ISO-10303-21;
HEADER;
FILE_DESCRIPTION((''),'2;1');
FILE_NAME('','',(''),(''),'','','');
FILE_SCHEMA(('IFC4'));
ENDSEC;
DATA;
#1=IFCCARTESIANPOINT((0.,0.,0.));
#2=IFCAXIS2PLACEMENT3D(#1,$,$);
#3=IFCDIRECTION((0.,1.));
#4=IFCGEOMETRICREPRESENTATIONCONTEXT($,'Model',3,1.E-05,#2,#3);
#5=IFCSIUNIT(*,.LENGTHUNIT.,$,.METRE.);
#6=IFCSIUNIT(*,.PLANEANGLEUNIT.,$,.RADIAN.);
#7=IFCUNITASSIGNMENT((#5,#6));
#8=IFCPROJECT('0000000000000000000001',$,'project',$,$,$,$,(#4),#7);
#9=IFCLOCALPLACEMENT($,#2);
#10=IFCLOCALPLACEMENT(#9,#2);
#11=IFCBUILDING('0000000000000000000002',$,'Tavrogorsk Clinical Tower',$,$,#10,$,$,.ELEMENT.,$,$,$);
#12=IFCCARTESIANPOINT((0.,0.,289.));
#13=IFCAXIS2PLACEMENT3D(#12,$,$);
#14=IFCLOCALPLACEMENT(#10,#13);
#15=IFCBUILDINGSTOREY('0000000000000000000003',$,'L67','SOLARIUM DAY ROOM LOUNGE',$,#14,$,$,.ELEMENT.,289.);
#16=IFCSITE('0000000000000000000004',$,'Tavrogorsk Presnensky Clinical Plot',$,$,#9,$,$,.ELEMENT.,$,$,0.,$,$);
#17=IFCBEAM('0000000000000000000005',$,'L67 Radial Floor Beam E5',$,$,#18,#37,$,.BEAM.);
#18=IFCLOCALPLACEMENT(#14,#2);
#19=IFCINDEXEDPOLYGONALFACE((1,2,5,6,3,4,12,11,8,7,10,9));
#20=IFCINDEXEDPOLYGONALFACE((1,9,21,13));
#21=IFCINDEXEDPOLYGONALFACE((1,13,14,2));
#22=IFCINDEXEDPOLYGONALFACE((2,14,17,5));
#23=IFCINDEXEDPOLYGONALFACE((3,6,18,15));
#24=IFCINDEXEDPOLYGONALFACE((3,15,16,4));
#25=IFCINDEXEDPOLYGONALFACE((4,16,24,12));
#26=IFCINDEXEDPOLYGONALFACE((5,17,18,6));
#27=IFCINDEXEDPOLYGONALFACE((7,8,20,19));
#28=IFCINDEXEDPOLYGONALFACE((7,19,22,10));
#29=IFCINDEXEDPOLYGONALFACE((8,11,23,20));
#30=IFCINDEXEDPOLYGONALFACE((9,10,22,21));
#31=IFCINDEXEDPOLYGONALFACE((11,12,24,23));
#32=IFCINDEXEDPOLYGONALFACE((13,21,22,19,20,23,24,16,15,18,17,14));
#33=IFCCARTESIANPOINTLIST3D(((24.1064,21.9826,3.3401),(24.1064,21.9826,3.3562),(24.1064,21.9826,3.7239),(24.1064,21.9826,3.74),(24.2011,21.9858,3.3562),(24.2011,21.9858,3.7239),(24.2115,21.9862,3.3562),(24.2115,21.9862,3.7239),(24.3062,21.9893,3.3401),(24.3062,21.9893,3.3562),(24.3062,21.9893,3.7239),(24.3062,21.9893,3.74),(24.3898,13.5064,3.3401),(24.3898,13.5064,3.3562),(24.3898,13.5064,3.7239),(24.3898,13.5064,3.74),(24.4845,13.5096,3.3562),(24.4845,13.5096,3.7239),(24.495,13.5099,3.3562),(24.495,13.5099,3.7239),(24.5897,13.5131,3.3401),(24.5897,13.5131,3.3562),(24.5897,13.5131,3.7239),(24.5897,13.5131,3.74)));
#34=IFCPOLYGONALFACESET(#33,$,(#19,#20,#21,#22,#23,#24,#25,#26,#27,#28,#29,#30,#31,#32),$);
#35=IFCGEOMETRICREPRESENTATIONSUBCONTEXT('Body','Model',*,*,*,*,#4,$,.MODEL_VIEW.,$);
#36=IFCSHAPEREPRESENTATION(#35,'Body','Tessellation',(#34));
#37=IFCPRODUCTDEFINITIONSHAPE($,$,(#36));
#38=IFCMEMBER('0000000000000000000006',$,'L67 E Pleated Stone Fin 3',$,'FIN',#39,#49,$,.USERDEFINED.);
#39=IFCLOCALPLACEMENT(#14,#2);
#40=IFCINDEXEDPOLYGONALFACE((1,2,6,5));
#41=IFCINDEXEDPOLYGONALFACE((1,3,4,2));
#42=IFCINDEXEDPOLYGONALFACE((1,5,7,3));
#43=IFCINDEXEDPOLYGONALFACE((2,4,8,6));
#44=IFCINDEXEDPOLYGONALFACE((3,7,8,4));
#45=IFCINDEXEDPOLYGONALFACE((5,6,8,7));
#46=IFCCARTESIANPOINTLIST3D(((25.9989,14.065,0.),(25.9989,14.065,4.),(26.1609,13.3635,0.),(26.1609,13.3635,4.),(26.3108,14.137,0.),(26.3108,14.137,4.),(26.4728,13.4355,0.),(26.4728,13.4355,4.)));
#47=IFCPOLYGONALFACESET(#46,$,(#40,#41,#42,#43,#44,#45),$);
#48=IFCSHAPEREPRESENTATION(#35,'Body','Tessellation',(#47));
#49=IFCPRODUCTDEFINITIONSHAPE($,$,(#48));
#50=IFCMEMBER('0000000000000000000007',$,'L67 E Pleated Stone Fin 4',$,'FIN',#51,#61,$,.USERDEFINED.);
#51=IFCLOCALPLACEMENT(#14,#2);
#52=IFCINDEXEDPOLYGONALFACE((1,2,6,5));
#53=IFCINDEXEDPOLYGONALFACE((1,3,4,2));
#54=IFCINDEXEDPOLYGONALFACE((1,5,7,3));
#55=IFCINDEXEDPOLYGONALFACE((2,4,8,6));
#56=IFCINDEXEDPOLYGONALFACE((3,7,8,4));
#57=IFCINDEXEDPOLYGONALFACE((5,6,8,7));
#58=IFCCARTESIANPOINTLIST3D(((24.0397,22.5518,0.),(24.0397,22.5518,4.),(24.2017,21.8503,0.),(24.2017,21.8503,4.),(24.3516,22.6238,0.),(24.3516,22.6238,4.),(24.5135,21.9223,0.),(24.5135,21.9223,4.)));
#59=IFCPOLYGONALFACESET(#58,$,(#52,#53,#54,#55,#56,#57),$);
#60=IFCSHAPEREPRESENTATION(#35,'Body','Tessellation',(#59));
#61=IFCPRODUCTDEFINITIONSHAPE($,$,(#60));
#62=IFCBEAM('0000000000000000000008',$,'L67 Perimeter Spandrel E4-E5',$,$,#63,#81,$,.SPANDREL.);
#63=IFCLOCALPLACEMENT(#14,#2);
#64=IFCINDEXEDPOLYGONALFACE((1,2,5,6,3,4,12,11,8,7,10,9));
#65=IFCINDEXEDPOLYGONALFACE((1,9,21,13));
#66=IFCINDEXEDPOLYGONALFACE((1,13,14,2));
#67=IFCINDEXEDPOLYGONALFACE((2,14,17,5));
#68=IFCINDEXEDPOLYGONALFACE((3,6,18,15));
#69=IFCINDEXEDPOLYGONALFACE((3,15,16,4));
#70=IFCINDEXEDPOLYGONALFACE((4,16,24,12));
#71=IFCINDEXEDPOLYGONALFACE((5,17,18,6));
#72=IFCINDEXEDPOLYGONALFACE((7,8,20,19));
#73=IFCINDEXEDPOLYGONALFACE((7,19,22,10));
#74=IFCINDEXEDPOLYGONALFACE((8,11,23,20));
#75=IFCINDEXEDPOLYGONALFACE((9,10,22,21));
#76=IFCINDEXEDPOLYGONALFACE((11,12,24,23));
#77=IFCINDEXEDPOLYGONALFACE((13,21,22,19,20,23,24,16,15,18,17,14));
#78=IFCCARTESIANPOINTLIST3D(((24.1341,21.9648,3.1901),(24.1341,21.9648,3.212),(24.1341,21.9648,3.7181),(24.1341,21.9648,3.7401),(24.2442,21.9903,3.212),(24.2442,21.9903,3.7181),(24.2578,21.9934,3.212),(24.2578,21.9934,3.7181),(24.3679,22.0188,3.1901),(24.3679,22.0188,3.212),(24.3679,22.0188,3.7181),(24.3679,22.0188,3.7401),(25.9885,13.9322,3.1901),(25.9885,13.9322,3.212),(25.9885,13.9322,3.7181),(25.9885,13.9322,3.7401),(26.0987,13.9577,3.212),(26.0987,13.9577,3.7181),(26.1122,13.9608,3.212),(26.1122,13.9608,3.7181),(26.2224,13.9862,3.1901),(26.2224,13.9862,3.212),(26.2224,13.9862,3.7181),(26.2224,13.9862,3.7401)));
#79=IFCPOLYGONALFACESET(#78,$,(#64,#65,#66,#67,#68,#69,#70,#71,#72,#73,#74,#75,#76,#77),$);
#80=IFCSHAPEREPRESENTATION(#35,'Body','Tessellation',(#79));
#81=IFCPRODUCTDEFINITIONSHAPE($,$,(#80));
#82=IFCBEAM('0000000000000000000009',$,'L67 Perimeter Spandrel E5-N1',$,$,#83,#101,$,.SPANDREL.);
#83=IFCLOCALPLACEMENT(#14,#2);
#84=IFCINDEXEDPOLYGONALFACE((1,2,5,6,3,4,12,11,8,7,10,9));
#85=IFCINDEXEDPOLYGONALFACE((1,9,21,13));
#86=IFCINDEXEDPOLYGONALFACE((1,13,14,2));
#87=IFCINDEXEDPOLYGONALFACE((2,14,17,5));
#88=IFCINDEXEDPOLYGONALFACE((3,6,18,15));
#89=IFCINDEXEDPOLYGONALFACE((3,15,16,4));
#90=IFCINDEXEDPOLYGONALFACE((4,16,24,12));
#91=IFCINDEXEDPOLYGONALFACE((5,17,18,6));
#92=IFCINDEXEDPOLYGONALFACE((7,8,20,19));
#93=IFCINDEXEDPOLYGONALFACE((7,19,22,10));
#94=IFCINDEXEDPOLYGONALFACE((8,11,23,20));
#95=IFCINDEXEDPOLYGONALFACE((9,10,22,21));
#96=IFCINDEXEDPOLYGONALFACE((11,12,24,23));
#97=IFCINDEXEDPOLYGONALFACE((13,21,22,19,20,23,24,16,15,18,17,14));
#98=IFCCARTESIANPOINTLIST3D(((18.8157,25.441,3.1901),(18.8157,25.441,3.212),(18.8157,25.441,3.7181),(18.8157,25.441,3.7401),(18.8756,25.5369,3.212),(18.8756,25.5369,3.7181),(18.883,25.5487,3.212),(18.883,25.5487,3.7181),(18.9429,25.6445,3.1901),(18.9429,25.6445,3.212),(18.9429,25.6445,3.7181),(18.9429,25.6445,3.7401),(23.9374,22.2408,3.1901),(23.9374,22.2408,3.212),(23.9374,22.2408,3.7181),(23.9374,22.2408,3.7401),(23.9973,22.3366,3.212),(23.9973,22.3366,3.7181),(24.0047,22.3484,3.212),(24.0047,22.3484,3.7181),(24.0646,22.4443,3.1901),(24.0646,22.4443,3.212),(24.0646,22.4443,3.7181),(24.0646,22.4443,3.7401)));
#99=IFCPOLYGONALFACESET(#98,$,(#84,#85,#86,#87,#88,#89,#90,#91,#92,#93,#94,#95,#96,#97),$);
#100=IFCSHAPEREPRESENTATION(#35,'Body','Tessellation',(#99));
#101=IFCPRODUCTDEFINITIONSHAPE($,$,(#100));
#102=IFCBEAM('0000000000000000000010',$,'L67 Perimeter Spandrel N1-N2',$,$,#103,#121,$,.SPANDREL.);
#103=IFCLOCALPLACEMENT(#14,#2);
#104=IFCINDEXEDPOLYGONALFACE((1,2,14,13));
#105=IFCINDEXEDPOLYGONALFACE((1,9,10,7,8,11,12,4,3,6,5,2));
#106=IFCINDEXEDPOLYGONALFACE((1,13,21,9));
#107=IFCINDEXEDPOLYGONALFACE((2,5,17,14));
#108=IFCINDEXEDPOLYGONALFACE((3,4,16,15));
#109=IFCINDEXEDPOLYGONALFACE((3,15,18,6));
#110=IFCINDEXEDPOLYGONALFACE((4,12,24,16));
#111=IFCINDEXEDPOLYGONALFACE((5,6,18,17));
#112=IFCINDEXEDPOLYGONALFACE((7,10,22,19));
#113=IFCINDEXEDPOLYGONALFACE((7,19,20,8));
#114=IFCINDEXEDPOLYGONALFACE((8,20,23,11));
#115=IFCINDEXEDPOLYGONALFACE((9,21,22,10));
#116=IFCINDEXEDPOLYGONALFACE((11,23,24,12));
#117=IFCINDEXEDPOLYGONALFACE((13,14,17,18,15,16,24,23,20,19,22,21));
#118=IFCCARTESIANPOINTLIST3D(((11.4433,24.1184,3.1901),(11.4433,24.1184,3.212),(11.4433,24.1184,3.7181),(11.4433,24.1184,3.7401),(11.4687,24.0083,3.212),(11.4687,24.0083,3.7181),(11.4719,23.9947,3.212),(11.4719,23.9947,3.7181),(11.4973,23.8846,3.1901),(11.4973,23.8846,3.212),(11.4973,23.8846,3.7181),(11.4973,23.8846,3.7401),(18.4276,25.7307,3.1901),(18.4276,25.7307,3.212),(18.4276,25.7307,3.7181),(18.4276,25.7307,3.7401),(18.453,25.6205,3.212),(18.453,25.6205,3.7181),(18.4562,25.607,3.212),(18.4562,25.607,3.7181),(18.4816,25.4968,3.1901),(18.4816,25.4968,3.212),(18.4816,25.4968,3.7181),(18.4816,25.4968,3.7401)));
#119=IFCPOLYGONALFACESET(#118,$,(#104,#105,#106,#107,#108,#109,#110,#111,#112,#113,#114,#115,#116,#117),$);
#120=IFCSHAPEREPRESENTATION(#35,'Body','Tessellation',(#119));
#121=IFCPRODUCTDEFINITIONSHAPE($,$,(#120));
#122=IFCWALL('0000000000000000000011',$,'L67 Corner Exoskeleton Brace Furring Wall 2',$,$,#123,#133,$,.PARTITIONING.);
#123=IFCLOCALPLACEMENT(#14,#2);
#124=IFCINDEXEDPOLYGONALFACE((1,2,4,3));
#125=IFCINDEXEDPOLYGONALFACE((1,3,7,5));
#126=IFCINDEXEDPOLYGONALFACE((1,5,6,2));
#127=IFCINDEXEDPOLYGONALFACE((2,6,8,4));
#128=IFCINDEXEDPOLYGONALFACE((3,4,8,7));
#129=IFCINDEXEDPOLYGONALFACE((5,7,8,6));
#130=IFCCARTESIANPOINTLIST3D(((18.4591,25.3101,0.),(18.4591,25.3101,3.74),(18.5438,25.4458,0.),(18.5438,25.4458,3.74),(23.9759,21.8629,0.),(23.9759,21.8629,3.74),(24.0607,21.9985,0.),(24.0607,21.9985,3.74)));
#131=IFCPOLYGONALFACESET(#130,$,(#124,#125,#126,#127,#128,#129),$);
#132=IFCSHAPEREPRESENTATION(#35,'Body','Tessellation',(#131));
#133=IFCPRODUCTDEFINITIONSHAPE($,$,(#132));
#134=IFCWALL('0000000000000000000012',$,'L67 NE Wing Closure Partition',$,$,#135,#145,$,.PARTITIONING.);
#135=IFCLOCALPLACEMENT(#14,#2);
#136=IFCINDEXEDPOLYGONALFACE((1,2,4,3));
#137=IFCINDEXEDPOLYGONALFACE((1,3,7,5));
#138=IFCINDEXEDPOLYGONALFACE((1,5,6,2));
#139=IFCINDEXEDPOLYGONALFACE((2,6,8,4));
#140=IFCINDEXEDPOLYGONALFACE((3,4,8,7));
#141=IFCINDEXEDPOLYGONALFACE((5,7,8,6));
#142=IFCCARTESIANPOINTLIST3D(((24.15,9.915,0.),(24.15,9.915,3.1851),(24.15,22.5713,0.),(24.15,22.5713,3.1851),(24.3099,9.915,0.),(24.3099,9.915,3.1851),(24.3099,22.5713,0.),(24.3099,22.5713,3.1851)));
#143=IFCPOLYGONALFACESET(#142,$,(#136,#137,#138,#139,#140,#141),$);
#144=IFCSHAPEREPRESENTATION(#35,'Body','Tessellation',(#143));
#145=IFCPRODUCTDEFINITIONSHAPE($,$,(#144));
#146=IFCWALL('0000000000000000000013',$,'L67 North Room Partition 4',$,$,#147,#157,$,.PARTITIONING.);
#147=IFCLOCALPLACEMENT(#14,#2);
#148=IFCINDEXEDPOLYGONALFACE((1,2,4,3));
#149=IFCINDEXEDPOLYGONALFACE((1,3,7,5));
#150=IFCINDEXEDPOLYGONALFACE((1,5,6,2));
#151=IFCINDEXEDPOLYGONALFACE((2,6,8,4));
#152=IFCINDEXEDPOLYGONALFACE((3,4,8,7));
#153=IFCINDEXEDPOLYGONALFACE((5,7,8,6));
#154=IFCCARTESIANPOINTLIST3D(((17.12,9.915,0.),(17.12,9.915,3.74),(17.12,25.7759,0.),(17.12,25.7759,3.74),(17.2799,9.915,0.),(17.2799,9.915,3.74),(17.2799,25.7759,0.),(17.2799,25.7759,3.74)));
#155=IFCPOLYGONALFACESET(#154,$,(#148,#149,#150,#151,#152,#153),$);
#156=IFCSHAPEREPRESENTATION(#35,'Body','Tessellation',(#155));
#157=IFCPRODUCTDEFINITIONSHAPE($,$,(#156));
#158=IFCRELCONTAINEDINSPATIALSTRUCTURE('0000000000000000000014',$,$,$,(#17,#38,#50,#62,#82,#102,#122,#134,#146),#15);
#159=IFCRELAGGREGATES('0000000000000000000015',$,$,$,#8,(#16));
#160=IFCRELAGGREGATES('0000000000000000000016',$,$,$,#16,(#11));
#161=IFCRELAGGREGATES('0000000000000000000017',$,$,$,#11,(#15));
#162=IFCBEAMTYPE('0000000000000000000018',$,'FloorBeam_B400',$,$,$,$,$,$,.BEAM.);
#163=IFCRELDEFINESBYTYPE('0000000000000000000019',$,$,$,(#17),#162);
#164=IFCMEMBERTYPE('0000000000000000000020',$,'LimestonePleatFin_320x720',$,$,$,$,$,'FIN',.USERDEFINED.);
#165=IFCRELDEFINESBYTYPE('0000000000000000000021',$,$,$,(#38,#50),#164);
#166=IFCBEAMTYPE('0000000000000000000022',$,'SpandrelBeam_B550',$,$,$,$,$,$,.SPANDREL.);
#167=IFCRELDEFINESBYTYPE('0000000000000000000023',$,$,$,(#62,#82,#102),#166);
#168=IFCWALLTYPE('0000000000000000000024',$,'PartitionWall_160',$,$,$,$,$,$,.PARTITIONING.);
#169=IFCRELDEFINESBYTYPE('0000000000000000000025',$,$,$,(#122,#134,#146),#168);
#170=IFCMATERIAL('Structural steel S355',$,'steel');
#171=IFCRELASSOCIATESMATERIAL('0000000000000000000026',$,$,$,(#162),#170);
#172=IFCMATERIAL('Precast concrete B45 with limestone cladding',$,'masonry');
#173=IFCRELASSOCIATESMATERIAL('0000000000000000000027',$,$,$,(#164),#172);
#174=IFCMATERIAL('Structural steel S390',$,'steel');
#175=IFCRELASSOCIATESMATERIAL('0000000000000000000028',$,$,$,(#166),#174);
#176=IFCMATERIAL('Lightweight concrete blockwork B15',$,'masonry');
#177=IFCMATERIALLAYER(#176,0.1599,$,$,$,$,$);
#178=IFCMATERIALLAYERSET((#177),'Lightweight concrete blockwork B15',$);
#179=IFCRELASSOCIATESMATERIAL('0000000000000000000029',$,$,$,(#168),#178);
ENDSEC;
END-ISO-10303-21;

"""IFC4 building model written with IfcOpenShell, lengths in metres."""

from ifc_helpers import new_model, si_unit, direction, frame, frame_2d, origin, origin_2d, place, context, subcontext, project, spatial, rectangle, i_section, extrude, material, layer, layer_set, material_profile, profile_set, type_object, element, save


model = new_model("IFC4")

# Units and contexts
model_context = context("Model", 3, precision=1e-05, world=origin(), true_north=direction((0.0, 1.0)))
body_context = subcontext(model_context, "Body", "Model", "MODEL_VIEW")
ifc_project = project(units=[si_unit("LENGTHUNIT", "METRE"), si_unit("PLANEANGLEUNIT", "RADIAN")], contexts=[model_context])

# Site, building, storey
site_placement = place(None, origin())
site = spatial("IfcSite", under=ifc_project, at=site_placement, Name="Tavrogorsk Presnensky Clinical Plot", CompositionType="ELEMENT", RefElevation=0.0)
building_placement = place(site_placement, origin())
building = spatial("IfcBuilding", under=site, at=building_placement, Name="Tavrogorsk Clinical Tower", CompositionType="ELEMENT")
storey_placement = place(building_placement, frame((0.0, 0.0, 289.0)))
storey = spatial("IfcBuildingStorey", under=building, at=storey_placement, Name="L67", Description="SOLARIUM DAY ROOM LOUNGE", CompositionType="ELEMENT", Elevation=289.0)

# Beam
ifc_material_1 = material(Name="Structural steel S355", Category="steel")
ifc_material_profile_1 = material_profile(ifc_material_1, i_section(OverallWidth=0.2, OverallDepth=0.3999, WebThickness=0.0105, FlangeThickness=0.0161, at=origin_2d()), Name="B-400x200x10.5x16")
ifc_profile_set_1 = profile_set([ifc_material_profile_1], Name="Structural steel S355")
beam_type_1 = type_object("IfcBeamType", Name="FloorBeam_B400", PredefinedType="BEAM", material=ifc_profile_set_1)
beam_1_placement = place(storey_placement, frame((24.4897, 13.5098, 3.54), z_axis=(-0.033421, 0.999441, 0.0), x_axis=(-0.999441, -0.033421, 0.0)))
element("IfcBeam", 1, at=beam_1_placement, inside=storey, type_object=beam_type_1, Name="L67 Radial Floor Beam E5", PredefinedType="BEAM", context=body_context, shape_type="SweptSolid", body=[
    extrude(i_section(OverallWidth=0.2, OverallDepth=0.3999, WebThickness=0.0105, FlangeThickness=0.0161, at=origin_2d()), origin(), (0.0, 0.0, 1.0), 8.481),
])

# Members
ifc_material_2 = material(Name="Precast concrete B45 with limestone cladding", Category="masonry")
ifc_material_profile_2 = material_profile(ifc_material_2, rectangle(XDim=0.3201, YDim=0.72, at=origin_2d()), Name="LIMESTONE-FIN-320x720")
ifc_profile_set_2 = profile_set([ifc_material_profile_2], Name="Precast concrete B45 with limestone cladding")
member_type_1 = type_object("IfcMemberType", Name="LimestonePleatFin_320x720", ElementType="FIN", PredefinedType="USERDEFINED", material=ifc_profile_set_2)
for number, where, z_axis, x_axis, name in (
    (2, (26.2358, 13.7502, 0.0), (0.0, 0.0, 1.0), (0.97437, 0.224951, 0.0), "L67 E Pleated Stone Fin 3"),
    (3, (24.2766, 22.2371, 0.0), (0.0, 0.0, 1.0), (0.97437, 0.224951, 0.0), "L67 E Pleated Stone Fin 4"),
):
    element("IfcMember", number, at=place(storey_placement, frame(where, z_axis=z_axis, x_axis=x_axis)), inside=storey, type_object=member_type_1, Name=name, ObjectType="FIN", PredefinedType="USERDEFINED", context=body_context, shape_type="SweptSolid", body=[
        extrude(rectangle(XDim=0.3201, YDim=0.72, at=origin_2d()), origin(), (0.0, 0.0, 1.0), 4.0),
    ])

# Beams
ifc_material_3 = material(Name="Structural steel S390", Category="steel")
ifc_material_profile_3 = material_profile(ifc_material_3, i_section(OverallWidth=0.24, OverallDepth=0.55, WebThickness=0.0139, FlangeThickness=0.022, at=origin_2d()), Name="B-550x240x14x22")
ifc_profile_set_3 = profile_set([ifc_material_profile_3], Name="Structural steel S390")
beam_type_2 = type_object("IfcBeamType", Name="SpandrelBeam_B550", PredefinedType="SPANDREL", material=ifc_profile_set_3)
beam_2_placement = place(storey_placement, frame((26.1055, 13.9592, 3.4651), z_axis=(-0.22495, 0.97437, 0.0), x_axis=(-0.97437, -0.22495, 0.0)))
element("IfcBeam", 4, at=beam_2_placement, inside=storey, type_object=beam_type_2, Name="L67 Perimeter Spandrel E4-E5", PredefinedType="SPANDREL", context=body_context, shape_type="SweptSolid", body=[
    extrude(i_section(OverallWidth=0.24, OverallDepth=0.55, WebThickness=0.0139, FlangeThickness=0.022, at=origin_2d()), origin(), (0.0, 0.0, 1.0), 8.2439),
])
beam_3_placement = place(storey_placement, frame((24.001, 22.3425, 3.4651), z_axis=(-0.848057, 0.529904, 0.0), x_axis=(-0.529904, -0.848057, 0.0)))
element("IfcBeam", 5, at=beam_3_placement, inside=storey, type_object=beam_type_2, Name="L67 Perimeter Spandrel E5-N1", PredefinedType="SPANDREL", context=body_context, shape_type="SweptSolid", body=[
    extrude(i_section(OverallWidth=0.24, OverallDepth=0.55, WebThickness=0.0139, FlangeThickness=0.022, at=origin_2d()), origin(), (0.0, 0.0, 1.0), 6.0393),
])
beam_4_placement = place(storey_placement, frame((18.4546, 25.6138, 3.4651), z_axis=(-0.974375, -0.224929, 0.0), x_axis=(0.224929, -0.974375, 0.0)))
element("IfcBeam", 6, at=beam_4_placement, inside=storey, type_object=beam_type_2, Name="L67 Perimeter Spandrel N1-N2", PredefinedType="SPANDREL", context=body_context, shape_type="SweptSolid", body=[
    extrude(i_section(OverallWidth=0.24, OverallDepth=0.55, WebThickness=0.0139, FlangeThickness=0.022, at=origin_2d()), origin(), (0.0, 0.0, 1.0), 7.168),
])

# Walls
ifc_material_4 = material(Name="Lightweight concrete blockwork B15", Category="masonry")
ifc_layer_1 = layer(ifc_material_4, 0.1599)
ifc_layer_set_1 = layer_set([ifc_layer_1], Name="Lightweight concrete blockwork B15")
wall_type_1 = type_object("IfcWallType", Name="PartitionWall_160", PredefinedType="PARTITIONING", material=ifc_layer_set_1)
wall_1_placement = place(storey_placement, frame((24.0183, 21.9307, 0.0), z_axis=(0.0, 0.0, 1.0), x_axis=(-0.848051, 0.529915, 0.0)))
element("IfcWall", 7, at=wall_1_placement, inside=storey, type_object=wall_type_1, Name="L67 Corner Exoskeleton Brace Furring Wall 2", PredefinedType="PARTITIONING", context=body_context, shape_type="SweptSolid", body=[
    extrude(rectangle(XDim=6.5054, YDim=0.1599, at=frame_2d((3.2527, 0.0))), origin(), (0.0, 0.0, 1.0), 3.74),
])
wall_2_placement = place(storey_placement, frame((24.23, 9.915, 0.0), z_axis=(0.0, 0.0, 1.0), x_axis=(0.0, 1.0, 0.0)))
element("IfcWall", 8, at=wall_2_placement, inside=storey, type_object=wall_type_1, Name="L67 NE Wing Closure Partition", PredefinedType="PARTITIONING", context=body_context, shape_type="SweptSolid", body=[
    extrude(rectangle(XDim=12.6562, YDim=0.1599, at=frame_2d((6.3281, 0.0))), origin(), (0.0, 0.0, 1.0), 3.1851),
])
wall_3_placement = place(storey_placement, frame((17.2, 9.915, 0.0), z_axis=(0.0, 0.0, 1.0), x_axis=(0.0, 1.0, 0.0)))
element("IfcWall", 9, at=wall_3_placement, inside=storey, type_object=wall_type_1, Name="L67 North Room Partition 4", PredefinedType="PARTITIONING", context=body_context, shape_type="SweptSolid", body=[
    extrude(rectangle(XDim=15.8608, YDim=0.1599, at=frame_2d((7.9304, 0.0))), origin(), (0.0, 0.0, 1.0), 3.74),
])

save(model, "model.ifc")
